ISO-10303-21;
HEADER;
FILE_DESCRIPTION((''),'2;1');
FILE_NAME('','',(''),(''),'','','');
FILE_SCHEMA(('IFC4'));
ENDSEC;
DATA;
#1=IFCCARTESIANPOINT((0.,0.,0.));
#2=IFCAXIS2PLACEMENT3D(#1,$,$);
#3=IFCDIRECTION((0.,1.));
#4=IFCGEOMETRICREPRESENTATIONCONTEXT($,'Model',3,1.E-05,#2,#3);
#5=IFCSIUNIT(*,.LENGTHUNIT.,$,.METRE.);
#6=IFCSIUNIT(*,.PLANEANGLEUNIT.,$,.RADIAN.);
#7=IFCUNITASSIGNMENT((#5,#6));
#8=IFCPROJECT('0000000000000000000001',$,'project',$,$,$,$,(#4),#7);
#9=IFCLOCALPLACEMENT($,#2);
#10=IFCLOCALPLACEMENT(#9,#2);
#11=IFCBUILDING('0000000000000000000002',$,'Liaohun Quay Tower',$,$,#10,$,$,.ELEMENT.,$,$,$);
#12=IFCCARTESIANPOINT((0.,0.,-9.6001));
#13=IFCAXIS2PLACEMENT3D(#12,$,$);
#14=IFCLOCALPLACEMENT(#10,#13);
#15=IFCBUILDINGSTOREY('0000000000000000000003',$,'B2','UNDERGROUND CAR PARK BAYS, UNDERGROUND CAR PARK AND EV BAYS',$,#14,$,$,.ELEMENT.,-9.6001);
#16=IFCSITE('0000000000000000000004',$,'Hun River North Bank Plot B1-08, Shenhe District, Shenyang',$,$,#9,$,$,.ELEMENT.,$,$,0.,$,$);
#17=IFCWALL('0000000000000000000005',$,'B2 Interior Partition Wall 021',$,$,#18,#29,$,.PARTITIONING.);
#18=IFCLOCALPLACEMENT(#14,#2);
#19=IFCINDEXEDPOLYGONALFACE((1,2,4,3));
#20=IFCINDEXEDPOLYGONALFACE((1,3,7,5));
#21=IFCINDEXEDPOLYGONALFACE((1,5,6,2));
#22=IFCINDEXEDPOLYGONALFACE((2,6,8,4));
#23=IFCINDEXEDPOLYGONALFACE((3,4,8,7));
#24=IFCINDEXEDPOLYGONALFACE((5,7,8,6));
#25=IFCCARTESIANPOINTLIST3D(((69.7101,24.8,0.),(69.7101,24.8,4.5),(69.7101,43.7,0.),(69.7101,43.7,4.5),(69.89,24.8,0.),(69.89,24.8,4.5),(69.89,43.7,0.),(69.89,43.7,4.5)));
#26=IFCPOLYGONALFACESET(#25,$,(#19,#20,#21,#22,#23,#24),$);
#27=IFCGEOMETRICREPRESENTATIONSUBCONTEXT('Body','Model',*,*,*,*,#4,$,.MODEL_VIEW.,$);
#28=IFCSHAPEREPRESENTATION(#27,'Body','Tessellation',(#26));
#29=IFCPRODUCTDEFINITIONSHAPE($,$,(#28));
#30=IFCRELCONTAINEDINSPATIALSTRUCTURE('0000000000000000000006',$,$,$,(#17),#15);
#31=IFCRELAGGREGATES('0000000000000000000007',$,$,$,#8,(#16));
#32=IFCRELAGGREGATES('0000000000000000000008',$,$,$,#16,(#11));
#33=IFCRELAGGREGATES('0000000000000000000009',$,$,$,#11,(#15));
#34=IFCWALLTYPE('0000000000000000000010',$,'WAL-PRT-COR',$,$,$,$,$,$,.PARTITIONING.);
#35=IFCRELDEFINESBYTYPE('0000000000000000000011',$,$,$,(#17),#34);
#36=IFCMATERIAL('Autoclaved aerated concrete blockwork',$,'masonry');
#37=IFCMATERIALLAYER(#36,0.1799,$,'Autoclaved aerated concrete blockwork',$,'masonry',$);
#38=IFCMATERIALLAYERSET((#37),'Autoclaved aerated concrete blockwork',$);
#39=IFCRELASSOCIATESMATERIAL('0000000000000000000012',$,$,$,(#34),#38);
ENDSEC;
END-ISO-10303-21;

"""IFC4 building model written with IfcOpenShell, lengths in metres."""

from ifc_helpers import new_model, si_unit, direction, frame, frame_2d, origin, place, context, subcontext, project, spatial, rectangle, extrude, material, layer, layer_set, type_object, element, save


model = new_model("IFC4")

# Units and contexts
model_context = context("Model", 3, precision=1e-05, world=origin(), true_north=direction((0.0, 1.0)))
body_context = subcontext(model_context, "Body", "Model", "MODEL_VIEW")
ifc_project = project(units=[si_unit("LENGTHUNIT", "METRE"), si_unit("PLANEANGLEUNIT", "RADIAN")], contexts=[model_context])

# Site, building, storey
site_placement = place(None, origin())
site = spatial("IfcSite", under=ifc_project, at=site_placement, Name="Hun River North Bank Plot B1-08, Shenhe District, Shenyang", CompositionType="ELEMENT", RefElevation=0.0)
building_placement = place(site_placement, origin())
building = spatial("IfcBuilding", under=site, at=building_placement, Name="Liaohun Quay Tower", CompositionType="ELEMENT")
storey_placement = place(building_placement, frame((0.0, 0.0, -9.6001)))
storey = spatial("IfcBuildingStorey", under=building, at=storey_placement, Name="B2", Description="UNDERGROUND CAR PARK BAYS, UNDERGROUND CAR PARK AND EV BAYS", CompositionType="ELEMENT", Elevation=-9.6001)

# Wall
ifc_material_1 = material(Name="Autoclaved aerated concrete blockwork", Category="masonry")
ifc_layer = layer(ifc_material_1, 0.1799, Name="Autoclaved aerated concrete blockwork", Category="masonry")
ifc_layer_set = layer_set([ifc_layer], Name="Autoclaved aerated concrete blockwork")
wall_type = type_object("IfcWallType", Name="WAL-PRT-COR", PredefinedType="PARTITIONING", material=ifc_layer_set)
wall_placement = place(storey_placement, frame((69.8, 24.8, 0.0), z_axis=(0.0, 0.0, 1.0), x_axis=(0.0, 1.0, 0.0)))
element("IfcWall", 1, at=wall_placement, inside=storey, type_object=wall_type, Name="B2 Interior Partition Wall 021", PredefinedType="PARTITIONING", context=body_context, shape_type="SweptSolid", body=[
    extrude(rectangle(XDim=18.8999, YDim=0.1799, at=frame_2d((9.45, 0.0))), origin(), (0.0, 0.0, 1.0), 4.5),
])

save(model, "model.ifc")
